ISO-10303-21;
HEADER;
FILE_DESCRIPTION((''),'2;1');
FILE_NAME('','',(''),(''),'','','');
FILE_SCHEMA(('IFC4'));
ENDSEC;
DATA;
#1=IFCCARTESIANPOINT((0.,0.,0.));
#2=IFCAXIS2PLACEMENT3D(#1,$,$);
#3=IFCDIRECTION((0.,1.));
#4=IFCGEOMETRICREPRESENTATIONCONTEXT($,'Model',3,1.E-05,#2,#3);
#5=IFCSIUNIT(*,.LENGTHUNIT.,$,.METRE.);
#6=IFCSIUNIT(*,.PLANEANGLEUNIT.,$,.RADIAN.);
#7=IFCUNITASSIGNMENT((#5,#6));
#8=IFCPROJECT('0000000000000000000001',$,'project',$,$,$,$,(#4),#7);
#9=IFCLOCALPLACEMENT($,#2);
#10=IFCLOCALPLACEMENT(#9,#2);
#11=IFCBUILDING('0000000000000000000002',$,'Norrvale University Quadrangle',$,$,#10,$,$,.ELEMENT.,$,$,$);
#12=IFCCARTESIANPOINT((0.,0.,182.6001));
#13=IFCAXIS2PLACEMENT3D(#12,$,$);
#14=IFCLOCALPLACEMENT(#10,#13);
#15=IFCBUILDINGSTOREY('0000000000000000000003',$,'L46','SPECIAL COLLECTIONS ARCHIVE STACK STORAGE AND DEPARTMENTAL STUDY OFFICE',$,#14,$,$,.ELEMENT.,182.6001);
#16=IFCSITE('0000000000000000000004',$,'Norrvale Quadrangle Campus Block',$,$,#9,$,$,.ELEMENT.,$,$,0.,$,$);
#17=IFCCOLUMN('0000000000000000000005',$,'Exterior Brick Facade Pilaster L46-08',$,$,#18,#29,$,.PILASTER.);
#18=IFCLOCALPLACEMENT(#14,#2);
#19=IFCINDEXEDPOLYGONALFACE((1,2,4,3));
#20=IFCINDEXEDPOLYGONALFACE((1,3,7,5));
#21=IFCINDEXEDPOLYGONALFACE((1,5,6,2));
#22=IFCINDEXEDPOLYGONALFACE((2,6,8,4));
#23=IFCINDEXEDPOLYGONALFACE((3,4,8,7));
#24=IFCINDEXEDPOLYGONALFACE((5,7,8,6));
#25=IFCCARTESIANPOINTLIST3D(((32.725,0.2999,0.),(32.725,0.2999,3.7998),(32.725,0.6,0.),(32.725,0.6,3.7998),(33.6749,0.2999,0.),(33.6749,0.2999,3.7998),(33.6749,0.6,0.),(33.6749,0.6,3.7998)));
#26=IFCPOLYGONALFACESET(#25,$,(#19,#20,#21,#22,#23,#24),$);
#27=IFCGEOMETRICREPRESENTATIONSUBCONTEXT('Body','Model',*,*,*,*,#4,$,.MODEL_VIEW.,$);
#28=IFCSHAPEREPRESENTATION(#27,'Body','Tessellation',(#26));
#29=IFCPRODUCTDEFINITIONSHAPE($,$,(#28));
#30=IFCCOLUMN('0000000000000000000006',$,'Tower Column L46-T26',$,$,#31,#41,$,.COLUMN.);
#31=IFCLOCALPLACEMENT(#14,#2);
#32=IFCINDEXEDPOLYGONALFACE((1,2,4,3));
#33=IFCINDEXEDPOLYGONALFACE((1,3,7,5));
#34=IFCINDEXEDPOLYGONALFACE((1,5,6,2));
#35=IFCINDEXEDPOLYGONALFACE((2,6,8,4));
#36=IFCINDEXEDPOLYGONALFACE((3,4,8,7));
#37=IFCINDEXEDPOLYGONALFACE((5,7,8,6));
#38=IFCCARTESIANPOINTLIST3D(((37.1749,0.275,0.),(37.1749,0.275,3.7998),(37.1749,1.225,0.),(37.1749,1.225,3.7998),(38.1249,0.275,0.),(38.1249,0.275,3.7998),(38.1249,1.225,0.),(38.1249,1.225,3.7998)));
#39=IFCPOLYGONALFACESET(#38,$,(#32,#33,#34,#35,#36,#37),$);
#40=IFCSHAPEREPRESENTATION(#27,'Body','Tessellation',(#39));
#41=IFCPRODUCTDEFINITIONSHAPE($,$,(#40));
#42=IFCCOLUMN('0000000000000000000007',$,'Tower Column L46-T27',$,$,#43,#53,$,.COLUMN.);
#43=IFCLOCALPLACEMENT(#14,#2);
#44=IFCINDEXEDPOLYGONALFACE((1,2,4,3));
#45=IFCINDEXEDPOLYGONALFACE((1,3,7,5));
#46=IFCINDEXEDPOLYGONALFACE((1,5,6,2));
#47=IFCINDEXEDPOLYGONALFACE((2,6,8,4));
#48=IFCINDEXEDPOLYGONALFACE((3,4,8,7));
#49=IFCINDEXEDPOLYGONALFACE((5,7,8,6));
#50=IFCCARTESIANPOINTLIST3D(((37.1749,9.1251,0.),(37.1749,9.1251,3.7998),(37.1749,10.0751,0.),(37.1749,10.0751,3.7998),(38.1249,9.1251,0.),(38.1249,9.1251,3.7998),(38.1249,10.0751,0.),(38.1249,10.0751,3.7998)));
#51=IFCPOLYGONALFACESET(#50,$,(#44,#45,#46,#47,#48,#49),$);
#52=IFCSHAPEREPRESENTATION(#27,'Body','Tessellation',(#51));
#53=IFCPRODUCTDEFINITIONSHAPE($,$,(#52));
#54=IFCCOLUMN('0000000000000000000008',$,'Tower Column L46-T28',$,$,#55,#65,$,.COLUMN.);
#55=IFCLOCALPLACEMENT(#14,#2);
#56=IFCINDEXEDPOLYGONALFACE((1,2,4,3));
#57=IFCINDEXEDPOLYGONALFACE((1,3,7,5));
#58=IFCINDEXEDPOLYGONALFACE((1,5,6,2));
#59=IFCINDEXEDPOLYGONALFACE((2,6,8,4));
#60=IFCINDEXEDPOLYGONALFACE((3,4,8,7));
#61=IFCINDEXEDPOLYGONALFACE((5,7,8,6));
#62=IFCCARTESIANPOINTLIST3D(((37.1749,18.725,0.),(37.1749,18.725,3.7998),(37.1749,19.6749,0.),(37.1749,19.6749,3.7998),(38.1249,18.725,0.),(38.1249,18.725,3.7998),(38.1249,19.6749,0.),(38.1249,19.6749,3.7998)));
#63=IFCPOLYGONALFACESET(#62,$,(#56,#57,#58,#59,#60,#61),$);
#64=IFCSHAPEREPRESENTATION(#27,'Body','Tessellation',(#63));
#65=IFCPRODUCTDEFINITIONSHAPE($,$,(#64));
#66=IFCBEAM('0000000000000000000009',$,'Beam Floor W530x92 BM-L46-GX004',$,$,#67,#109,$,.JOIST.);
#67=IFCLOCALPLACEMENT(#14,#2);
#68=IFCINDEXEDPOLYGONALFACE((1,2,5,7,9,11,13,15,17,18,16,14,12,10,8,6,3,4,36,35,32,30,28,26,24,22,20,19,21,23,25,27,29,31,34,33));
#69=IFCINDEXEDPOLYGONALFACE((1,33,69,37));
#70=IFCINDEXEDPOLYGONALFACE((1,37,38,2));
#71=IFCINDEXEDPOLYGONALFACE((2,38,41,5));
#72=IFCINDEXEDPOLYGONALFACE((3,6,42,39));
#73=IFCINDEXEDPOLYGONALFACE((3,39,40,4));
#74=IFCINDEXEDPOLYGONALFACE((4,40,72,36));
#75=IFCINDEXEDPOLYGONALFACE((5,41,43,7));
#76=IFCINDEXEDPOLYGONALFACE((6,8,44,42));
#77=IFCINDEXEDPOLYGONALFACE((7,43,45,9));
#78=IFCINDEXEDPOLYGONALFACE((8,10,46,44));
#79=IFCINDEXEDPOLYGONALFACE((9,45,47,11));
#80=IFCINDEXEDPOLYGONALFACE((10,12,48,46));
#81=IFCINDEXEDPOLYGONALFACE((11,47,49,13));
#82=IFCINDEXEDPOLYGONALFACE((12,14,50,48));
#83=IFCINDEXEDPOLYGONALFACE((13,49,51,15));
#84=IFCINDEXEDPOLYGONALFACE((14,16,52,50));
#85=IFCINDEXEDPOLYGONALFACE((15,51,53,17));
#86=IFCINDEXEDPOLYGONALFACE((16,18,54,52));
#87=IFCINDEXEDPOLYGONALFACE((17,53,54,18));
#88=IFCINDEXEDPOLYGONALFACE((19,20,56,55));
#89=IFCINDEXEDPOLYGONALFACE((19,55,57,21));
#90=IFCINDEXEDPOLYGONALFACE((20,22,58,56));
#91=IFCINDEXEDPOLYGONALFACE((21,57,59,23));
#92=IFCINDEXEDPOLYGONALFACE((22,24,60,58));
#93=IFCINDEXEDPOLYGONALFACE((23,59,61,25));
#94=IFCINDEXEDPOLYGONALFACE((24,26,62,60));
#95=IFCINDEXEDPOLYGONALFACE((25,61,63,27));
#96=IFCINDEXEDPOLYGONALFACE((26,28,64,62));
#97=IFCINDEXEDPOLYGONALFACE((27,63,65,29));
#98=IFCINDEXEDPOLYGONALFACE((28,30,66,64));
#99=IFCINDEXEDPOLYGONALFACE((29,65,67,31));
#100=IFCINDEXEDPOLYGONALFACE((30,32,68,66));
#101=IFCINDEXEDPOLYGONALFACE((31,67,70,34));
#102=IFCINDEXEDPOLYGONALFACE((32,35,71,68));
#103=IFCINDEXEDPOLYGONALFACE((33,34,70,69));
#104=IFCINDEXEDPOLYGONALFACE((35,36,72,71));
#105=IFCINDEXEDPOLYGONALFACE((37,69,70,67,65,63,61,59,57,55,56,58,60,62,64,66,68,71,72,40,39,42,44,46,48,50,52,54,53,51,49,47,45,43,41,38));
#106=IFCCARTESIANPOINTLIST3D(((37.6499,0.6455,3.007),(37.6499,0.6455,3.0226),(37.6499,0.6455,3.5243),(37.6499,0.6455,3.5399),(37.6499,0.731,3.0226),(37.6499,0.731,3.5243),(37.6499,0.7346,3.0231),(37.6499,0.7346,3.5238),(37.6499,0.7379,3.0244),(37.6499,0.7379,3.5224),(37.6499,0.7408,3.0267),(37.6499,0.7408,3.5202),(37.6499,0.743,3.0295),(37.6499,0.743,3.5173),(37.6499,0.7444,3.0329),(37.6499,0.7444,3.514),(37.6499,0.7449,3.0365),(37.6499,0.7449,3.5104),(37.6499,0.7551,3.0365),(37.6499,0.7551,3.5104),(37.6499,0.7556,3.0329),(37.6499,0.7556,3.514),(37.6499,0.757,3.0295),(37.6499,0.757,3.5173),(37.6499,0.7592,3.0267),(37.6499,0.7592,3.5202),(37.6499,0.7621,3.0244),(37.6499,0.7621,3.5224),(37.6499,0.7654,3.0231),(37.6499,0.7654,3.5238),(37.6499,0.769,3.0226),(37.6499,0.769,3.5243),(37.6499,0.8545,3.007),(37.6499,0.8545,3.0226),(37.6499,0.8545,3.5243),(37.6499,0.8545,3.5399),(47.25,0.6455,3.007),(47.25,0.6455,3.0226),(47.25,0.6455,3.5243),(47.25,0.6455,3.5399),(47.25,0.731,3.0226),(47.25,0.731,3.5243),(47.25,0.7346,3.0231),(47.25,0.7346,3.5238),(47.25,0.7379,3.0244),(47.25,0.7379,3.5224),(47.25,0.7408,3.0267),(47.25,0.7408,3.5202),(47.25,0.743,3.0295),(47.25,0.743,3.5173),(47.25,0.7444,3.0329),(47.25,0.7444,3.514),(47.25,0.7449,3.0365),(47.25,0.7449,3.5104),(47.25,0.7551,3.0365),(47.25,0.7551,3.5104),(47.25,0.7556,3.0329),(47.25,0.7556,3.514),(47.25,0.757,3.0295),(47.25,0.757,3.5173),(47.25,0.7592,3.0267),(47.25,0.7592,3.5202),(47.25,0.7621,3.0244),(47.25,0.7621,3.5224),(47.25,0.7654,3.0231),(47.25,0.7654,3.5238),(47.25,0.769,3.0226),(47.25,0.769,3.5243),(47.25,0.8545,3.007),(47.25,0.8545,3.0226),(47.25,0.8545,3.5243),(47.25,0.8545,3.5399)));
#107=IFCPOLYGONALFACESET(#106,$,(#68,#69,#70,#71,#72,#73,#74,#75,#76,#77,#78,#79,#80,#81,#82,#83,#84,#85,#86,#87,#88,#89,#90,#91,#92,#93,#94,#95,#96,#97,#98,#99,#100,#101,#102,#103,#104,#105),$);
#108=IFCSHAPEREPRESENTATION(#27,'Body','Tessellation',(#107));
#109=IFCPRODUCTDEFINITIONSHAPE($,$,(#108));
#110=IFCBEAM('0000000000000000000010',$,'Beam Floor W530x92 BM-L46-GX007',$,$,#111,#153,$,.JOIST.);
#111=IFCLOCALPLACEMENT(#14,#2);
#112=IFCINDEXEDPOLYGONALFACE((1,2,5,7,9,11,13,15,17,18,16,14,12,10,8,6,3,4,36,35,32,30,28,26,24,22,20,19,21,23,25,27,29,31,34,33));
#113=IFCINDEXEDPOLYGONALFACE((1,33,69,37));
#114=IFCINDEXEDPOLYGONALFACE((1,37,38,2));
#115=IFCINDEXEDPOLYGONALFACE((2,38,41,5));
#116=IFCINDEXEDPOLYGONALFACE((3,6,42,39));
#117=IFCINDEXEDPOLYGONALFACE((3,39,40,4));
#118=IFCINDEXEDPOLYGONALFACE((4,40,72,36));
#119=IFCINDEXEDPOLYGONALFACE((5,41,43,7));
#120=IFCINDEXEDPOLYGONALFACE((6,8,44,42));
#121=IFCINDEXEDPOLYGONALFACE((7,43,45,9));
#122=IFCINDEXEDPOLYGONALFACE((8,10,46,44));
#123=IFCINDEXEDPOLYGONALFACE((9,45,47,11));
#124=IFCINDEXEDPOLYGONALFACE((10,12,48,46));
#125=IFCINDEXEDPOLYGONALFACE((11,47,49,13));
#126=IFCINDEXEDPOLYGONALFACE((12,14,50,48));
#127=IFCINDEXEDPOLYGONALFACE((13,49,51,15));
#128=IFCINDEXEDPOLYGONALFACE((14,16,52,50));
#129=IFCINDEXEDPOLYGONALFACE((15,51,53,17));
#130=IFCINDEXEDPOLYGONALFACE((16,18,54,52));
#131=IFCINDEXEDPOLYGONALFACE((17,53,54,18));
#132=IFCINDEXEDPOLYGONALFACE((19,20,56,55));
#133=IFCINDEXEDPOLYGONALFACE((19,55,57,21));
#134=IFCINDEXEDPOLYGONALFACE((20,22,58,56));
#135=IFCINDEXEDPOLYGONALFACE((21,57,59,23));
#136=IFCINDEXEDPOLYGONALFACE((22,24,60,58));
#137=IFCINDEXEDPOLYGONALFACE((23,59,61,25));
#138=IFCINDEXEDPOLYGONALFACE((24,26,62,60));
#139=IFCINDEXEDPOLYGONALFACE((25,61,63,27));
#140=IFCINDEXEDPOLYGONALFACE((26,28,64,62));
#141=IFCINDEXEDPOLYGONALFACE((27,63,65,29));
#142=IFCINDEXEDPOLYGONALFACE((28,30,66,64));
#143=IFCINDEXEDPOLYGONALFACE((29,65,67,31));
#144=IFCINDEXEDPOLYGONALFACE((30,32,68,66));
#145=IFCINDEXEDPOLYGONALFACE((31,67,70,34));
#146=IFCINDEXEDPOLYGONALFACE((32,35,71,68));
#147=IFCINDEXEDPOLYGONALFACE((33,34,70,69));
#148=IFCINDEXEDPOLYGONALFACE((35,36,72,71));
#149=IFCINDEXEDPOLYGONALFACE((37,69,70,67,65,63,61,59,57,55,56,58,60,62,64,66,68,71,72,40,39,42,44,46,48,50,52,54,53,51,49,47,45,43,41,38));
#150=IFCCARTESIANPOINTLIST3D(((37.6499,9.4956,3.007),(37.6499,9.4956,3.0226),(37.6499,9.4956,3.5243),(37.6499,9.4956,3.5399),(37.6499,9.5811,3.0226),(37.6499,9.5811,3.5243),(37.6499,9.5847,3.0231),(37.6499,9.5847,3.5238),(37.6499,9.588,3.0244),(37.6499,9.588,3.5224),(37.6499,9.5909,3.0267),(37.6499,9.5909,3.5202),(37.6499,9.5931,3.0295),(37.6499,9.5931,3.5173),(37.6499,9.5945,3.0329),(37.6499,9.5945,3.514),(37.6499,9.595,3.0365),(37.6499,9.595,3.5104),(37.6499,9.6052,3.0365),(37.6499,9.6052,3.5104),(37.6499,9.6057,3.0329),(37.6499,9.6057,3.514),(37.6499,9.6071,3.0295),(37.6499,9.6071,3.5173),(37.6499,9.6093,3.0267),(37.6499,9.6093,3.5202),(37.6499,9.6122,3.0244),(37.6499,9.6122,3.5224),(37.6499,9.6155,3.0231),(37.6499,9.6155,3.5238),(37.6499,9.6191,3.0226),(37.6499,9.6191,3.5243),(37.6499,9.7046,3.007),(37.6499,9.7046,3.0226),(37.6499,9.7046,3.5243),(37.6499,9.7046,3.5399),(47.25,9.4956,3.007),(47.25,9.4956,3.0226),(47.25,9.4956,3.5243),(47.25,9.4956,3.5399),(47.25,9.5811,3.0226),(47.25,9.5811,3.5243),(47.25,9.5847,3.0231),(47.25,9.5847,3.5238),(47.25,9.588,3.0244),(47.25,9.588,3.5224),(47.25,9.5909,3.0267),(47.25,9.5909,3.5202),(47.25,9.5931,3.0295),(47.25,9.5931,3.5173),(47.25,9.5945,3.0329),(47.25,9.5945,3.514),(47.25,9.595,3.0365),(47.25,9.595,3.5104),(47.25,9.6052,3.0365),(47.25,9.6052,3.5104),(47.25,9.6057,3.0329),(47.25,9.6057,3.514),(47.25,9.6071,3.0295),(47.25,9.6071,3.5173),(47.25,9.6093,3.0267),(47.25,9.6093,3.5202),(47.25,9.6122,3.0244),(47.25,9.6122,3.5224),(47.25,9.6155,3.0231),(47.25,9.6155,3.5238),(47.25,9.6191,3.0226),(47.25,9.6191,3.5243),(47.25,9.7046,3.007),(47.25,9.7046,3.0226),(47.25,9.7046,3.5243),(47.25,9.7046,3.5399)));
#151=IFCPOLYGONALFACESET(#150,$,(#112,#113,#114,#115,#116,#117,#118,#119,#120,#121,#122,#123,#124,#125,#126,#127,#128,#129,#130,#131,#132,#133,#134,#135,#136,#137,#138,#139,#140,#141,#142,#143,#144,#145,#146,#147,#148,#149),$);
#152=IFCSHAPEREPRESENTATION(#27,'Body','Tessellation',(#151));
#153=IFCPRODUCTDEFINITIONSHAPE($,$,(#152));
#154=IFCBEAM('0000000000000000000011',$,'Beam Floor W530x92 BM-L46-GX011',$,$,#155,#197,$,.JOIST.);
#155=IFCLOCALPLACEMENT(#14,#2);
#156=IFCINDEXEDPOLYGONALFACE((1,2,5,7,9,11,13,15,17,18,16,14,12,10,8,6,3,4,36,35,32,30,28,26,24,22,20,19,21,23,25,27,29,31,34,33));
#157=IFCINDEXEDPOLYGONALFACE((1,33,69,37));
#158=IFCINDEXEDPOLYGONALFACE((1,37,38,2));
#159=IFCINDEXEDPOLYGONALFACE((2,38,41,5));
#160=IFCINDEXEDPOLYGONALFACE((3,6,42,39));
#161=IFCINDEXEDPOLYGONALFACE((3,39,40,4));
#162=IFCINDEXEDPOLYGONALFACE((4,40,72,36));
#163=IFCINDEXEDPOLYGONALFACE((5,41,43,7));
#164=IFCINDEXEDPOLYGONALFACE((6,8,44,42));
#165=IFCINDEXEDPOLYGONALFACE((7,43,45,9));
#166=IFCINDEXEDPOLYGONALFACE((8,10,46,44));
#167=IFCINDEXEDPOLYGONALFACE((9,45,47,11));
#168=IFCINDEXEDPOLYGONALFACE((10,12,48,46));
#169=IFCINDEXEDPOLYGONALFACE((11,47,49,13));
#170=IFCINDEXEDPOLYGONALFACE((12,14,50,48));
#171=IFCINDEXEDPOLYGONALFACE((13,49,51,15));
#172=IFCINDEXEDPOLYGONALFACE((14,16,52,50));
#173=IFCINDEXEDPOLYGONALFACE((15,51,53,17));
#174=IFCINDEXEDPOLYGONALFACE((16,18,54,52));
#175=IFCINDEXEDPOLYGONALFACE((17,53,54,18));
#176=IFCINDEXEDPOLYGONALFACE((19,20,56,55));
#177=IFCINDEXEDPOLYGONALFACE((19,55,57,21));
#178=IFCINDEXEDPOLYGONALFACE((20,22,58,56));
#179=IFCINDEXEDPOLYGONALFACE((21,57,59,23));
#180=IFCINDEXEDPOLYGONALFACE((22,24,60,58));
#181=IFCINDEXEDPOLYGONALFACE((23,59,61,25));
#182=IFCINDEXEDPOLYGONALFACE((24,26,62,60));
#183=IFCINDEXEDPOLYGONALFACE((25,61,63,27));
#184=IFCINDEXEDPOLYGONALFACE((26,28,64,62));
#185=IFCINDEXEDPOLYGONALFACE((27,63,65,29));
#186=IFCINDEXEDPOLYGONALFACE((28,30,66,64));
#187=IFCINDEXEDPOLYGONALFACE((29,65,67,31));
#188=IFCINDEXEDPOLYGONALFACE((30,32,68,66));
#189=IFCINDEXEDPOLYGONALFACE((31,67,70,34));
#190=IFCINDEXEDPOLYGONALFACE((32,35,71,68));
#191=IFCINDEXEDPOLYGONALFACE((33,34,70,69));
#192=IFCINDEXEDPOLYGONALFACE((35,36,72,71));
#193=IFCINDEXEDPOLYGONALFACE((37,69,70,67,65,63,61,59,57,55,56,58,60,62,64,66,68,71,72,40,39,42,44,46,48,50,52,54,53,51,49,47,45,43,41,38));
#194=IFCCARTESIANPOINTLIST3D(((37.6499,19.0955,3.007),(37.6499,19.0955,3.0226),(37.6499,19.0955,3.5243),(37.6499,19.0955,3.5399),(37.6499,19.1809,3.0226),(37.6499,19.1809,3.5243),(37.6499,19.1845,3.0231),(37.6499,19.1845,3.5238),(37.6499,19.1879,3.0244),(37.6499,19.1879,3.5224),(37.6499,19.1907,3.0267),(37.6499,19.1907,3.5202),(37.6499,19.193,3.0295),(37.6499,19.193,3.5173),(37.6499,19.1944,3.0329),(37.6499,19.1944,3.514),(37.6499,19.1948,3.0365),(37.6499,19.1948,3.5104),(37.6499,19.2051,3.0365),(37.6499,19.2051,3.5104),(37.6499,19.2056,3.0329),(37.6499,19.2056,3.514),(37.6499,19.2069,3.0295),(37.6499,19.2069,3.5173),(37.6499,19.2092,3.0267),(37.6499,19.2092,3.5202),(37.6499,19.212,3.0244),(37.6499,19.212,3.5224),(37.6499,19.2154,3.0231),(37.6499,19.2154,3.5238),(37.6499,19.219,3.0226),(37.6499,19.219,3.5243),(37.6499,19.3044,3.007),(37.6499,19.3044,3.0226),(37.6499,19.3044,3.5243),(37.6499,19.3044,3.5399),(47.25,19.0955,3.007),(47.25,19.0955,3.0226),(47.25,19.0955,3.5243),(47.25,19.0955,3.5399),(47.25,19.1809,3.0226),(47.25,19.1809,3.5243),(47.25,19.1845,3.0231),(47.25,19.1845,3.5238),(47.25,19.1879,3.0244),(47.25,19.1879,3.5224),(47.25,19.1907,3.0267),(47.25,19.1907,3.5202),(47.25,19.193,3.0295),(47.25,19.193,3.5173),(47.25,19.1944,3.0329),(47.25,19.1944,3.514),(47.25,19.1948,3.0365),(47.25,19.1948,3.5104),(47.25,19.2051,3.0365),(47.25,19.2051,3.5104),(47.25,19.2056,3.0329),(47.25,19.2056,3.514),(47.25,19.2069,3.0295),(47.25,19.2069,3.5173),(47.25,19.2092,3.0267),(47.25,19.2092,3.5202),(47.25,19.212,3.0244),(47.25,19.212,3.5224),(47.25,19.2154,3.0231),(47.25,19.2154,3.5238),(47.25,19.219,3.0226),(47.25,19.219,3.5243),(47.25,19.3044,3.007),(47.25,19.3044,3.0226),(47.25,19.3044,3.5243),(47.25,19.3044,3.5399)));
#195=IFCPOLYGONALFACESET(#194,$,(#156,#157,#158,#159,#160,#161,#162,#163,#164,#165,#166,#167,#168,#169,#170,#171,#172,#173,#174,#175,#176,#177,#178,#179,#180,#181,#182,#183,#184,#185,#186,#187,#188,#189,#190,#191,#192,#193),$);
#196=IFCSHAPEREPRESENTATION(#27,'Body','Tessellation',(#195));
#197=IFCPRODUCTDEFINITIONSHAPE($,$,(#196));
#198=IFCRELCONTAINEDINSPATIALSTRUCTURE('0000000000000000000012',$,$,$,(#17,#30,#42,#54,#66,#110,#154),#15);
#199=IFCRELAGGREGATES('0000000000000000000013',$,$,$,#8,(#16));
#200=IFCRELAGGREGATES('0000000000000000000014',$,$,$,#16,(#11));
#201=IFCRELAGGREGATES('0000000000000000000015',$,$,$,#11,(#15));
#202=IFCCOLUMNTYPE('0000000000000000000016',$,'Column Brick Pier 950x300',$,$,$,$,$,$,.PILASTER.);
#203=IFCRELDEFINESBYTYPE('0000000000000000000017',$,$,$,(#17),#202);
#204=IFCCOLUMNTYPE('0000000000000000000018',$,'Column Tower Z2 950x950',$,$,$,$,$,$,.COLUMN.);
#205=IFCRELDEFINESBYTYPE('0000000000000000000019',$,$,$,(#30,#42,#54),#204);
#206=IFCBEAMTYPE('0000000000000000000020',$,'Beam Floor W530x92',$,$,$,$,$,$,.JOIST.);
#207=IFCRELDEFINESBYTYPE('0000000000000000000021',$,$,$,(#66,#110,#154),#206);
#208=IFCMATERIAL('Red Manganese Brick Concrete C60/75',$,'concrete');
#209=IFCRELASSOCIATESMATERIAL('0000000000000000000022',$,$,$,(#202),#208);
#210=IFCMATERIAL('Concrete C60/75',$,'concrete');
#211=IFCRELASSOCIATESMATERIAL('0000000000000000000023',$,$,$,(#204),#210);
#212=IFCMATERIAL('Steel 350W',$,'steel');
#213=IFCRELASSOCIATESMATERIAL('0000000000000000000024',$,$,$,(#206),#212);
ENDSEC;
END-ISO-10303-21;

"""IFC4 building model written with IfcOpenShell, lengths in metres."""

from ifc_helpers import new_model, si_unit, direction, frame, origin, origin_2d, place, context, subcontext, project, spatial, rectangle, i_section, extrude, material, material_profile, profile_set, type_object, element, save


model = new_model("IFC4")

# Units and contexts
model_context = context("Model", 3, precision=1e-05, world=origin(), true_north=direction((0.0, 1.0)))
body_context = subcontext(model_context, "Body", "Model", "MODEL_VIEW")
ifc_project = project(units=[si_unit("LENGTHUNIT", "METRE"), si_unit("PLANEANGLEUNIT", "RADIAN")], contexts=[model_context])

# Site, building, storey
site_placement = place(None, origin())
site = spatial("IfcSite", under=ifc_project, at=site_placement, Name="Norrvale Quadrangle Campus Block", CompositionType="ELEMENT", RefElevation=0.0)
building_placement = place(site_placement, origin())
building = spatial("IfcBuilding", under=site, at=building_placement, Name="Norrvale University Quadrangle", CompositionType="ELEMENT")
storey_placement = place(building_placement, frame((0.0, 0.0, 182.6001)))
storey = spatial("IfcBuildingStorey", under=building, at=storey_placement, Name="L46", Description="SPECIAL COLLECTIONS ARCHIVE STACK STORAGE AND DEPARTMENTAL STUDY OFFICE", CompositionType="ELEMENT", Elevation=182.6001)

# Columns
ifc_material_1 = material(Name="Red Manganese Brick Concrete C60/75", Category="concrete")
ifc_material_profile_1 = material_profile(ifc_material_1, rectangle(XDim=0.95, YDim=0.3, at=origin_2d()), Name="Red Manganese Brick Concrete C60/75")
ifc_profile_set_1 = profile_set([ifc_material_profile_1], Name="Red Manganese Brick Concrete C60/75")
column_type_1 = type_object("IfcColumnType", Name="Column Brick Pier 950x300", PredefinedType="PILASTER", material=ifc_profile_set_1)
column_placement = place(storey_placement, frame((33.2, 0.45, 0.0), z_axis=(0.0, 0.0, 1.0), x_axis=(1.0, 0.0, 0.0)))
element("IfcColumn", 1, at=column_placement, inside=storey, type_object=column_type_1, Name="Exterior Brick Facade Pilaster L46-08", PredefinedType="PILASTER", context=body_context, shape_type="SweptSolid", body=[
    extrude(rectangle(XDim=0.95, YDim=0.3, at=origin_2d()), origin(), (0.0, 0.0, 1.0), 3.7998),
])
ifc_material_2 = material(Name="Concrete C60/75", Category="concrete")
ifc_material_profile_2 = material_profile(ifc_material_2, rectangle(XDim=0.95, YDim=0.95, at=origin_2d()), Name="Concrete C60/75")
ifc_profile_set_2 = profile_set([ifc_material_profile_2], Name="Concrete C60/75")
column_type_2 = type_object("IfcColumnType", Name="Column Tower Z2 950x950", PredefinedType="COLUMN", material=ifc_profile_set_2)
for number, where, z_axis, x_axis, name in (
    (2, (37.6499, 0.75, 0.0), (0.0, 0.0, 1.0), (1.0, 0.0, 0.0), "Tower Column L46-T26"),
    (3, (37.6499, 9.6001, 0.0), (0.0, 0.0, 1.0), (1.0, 0.0, 0.0), "Tower Column L46-T27"),
    (4, (37.6499, 19.2, 0.0), (0.0, 0.0, 1.0), (1.0, 0.0, 0.0), "Tower Column L46-T28"),
):
    element("IfcColumn", number, at=place(storey_placement, frame(where, z_axis=z_axis, x_axis=x_axis)), inside=storey, type_object=column_type_2, Name=name, PredefinedType="COLUMN", context=body_context, shape_type="SweptSolid", body=[
        extrude(rectangle(XDim=0.95, YDim=0.95, at=origin_2d()), origin(), (0.0, 0.0, 1.0), 3.7998),
    ])

# Beams
ifc_material_3 = material(Name="Steel 350W", Category="steel")
ifc_material_profile_3 = material_profile(ifc_material_3, i_section(OverallWidth=0.209, OverallDepth=0.533, WebThickness=0.0103, FlangeThickness=0.0156, FilletRadius=0.0139, at=origin_2d()), Name="Steel 350W")
ifc_profile_set_3 = profile_set([ifc_material_profile_3], Name="Steel 350W")
beam_type_1 = type_object("IfcBeamType", Name="Beam Floor W530x92", PredefinedType="JOIST", material=ifc_profile_set_3)
for number, where, z_axis, x_axis, name in (
    (5, (37.6499, 0.75, 3.2734), (1.0, 0.0, 0.0), (0.0, 1.0, 0.0), "Beam Floor W530x92 BM-L46-GX004"),
    (6, (37.6499, 9.6001, 3.2734), (1.0, 0.0, 0.0), (0.0, 1.0, 0.0), "Beam Floor W530x92 BM-L46-GX007"),
    (7, (37.6499, 19.2, 3.2734), (1.0, 0.0, 0.0), (0.0, 1.0, 0.0), "Beam Floor W530x92 BM-L46-GX011"),
):
    element("IfcBeam", number, at=place(storey_placement, frame(where, z_axis=z_axis, x_axis=x_axis)), inside=storey, type_object=beam_type_1, Name=name, PredefinedType="JOIST", context=body_context, shape_type="SweptSolid", body=[
        extrude(i_section(OverallWidth=0.209, OverallDepth=0.533, WebThickness=0.0103, FlangeThickness=0.0156, FilletRadius=0.0139, at=origin_2d()), origin(), (0.0, 0.0, 1.0), 9.6001),
    ])

save(model, "model.ifc")
